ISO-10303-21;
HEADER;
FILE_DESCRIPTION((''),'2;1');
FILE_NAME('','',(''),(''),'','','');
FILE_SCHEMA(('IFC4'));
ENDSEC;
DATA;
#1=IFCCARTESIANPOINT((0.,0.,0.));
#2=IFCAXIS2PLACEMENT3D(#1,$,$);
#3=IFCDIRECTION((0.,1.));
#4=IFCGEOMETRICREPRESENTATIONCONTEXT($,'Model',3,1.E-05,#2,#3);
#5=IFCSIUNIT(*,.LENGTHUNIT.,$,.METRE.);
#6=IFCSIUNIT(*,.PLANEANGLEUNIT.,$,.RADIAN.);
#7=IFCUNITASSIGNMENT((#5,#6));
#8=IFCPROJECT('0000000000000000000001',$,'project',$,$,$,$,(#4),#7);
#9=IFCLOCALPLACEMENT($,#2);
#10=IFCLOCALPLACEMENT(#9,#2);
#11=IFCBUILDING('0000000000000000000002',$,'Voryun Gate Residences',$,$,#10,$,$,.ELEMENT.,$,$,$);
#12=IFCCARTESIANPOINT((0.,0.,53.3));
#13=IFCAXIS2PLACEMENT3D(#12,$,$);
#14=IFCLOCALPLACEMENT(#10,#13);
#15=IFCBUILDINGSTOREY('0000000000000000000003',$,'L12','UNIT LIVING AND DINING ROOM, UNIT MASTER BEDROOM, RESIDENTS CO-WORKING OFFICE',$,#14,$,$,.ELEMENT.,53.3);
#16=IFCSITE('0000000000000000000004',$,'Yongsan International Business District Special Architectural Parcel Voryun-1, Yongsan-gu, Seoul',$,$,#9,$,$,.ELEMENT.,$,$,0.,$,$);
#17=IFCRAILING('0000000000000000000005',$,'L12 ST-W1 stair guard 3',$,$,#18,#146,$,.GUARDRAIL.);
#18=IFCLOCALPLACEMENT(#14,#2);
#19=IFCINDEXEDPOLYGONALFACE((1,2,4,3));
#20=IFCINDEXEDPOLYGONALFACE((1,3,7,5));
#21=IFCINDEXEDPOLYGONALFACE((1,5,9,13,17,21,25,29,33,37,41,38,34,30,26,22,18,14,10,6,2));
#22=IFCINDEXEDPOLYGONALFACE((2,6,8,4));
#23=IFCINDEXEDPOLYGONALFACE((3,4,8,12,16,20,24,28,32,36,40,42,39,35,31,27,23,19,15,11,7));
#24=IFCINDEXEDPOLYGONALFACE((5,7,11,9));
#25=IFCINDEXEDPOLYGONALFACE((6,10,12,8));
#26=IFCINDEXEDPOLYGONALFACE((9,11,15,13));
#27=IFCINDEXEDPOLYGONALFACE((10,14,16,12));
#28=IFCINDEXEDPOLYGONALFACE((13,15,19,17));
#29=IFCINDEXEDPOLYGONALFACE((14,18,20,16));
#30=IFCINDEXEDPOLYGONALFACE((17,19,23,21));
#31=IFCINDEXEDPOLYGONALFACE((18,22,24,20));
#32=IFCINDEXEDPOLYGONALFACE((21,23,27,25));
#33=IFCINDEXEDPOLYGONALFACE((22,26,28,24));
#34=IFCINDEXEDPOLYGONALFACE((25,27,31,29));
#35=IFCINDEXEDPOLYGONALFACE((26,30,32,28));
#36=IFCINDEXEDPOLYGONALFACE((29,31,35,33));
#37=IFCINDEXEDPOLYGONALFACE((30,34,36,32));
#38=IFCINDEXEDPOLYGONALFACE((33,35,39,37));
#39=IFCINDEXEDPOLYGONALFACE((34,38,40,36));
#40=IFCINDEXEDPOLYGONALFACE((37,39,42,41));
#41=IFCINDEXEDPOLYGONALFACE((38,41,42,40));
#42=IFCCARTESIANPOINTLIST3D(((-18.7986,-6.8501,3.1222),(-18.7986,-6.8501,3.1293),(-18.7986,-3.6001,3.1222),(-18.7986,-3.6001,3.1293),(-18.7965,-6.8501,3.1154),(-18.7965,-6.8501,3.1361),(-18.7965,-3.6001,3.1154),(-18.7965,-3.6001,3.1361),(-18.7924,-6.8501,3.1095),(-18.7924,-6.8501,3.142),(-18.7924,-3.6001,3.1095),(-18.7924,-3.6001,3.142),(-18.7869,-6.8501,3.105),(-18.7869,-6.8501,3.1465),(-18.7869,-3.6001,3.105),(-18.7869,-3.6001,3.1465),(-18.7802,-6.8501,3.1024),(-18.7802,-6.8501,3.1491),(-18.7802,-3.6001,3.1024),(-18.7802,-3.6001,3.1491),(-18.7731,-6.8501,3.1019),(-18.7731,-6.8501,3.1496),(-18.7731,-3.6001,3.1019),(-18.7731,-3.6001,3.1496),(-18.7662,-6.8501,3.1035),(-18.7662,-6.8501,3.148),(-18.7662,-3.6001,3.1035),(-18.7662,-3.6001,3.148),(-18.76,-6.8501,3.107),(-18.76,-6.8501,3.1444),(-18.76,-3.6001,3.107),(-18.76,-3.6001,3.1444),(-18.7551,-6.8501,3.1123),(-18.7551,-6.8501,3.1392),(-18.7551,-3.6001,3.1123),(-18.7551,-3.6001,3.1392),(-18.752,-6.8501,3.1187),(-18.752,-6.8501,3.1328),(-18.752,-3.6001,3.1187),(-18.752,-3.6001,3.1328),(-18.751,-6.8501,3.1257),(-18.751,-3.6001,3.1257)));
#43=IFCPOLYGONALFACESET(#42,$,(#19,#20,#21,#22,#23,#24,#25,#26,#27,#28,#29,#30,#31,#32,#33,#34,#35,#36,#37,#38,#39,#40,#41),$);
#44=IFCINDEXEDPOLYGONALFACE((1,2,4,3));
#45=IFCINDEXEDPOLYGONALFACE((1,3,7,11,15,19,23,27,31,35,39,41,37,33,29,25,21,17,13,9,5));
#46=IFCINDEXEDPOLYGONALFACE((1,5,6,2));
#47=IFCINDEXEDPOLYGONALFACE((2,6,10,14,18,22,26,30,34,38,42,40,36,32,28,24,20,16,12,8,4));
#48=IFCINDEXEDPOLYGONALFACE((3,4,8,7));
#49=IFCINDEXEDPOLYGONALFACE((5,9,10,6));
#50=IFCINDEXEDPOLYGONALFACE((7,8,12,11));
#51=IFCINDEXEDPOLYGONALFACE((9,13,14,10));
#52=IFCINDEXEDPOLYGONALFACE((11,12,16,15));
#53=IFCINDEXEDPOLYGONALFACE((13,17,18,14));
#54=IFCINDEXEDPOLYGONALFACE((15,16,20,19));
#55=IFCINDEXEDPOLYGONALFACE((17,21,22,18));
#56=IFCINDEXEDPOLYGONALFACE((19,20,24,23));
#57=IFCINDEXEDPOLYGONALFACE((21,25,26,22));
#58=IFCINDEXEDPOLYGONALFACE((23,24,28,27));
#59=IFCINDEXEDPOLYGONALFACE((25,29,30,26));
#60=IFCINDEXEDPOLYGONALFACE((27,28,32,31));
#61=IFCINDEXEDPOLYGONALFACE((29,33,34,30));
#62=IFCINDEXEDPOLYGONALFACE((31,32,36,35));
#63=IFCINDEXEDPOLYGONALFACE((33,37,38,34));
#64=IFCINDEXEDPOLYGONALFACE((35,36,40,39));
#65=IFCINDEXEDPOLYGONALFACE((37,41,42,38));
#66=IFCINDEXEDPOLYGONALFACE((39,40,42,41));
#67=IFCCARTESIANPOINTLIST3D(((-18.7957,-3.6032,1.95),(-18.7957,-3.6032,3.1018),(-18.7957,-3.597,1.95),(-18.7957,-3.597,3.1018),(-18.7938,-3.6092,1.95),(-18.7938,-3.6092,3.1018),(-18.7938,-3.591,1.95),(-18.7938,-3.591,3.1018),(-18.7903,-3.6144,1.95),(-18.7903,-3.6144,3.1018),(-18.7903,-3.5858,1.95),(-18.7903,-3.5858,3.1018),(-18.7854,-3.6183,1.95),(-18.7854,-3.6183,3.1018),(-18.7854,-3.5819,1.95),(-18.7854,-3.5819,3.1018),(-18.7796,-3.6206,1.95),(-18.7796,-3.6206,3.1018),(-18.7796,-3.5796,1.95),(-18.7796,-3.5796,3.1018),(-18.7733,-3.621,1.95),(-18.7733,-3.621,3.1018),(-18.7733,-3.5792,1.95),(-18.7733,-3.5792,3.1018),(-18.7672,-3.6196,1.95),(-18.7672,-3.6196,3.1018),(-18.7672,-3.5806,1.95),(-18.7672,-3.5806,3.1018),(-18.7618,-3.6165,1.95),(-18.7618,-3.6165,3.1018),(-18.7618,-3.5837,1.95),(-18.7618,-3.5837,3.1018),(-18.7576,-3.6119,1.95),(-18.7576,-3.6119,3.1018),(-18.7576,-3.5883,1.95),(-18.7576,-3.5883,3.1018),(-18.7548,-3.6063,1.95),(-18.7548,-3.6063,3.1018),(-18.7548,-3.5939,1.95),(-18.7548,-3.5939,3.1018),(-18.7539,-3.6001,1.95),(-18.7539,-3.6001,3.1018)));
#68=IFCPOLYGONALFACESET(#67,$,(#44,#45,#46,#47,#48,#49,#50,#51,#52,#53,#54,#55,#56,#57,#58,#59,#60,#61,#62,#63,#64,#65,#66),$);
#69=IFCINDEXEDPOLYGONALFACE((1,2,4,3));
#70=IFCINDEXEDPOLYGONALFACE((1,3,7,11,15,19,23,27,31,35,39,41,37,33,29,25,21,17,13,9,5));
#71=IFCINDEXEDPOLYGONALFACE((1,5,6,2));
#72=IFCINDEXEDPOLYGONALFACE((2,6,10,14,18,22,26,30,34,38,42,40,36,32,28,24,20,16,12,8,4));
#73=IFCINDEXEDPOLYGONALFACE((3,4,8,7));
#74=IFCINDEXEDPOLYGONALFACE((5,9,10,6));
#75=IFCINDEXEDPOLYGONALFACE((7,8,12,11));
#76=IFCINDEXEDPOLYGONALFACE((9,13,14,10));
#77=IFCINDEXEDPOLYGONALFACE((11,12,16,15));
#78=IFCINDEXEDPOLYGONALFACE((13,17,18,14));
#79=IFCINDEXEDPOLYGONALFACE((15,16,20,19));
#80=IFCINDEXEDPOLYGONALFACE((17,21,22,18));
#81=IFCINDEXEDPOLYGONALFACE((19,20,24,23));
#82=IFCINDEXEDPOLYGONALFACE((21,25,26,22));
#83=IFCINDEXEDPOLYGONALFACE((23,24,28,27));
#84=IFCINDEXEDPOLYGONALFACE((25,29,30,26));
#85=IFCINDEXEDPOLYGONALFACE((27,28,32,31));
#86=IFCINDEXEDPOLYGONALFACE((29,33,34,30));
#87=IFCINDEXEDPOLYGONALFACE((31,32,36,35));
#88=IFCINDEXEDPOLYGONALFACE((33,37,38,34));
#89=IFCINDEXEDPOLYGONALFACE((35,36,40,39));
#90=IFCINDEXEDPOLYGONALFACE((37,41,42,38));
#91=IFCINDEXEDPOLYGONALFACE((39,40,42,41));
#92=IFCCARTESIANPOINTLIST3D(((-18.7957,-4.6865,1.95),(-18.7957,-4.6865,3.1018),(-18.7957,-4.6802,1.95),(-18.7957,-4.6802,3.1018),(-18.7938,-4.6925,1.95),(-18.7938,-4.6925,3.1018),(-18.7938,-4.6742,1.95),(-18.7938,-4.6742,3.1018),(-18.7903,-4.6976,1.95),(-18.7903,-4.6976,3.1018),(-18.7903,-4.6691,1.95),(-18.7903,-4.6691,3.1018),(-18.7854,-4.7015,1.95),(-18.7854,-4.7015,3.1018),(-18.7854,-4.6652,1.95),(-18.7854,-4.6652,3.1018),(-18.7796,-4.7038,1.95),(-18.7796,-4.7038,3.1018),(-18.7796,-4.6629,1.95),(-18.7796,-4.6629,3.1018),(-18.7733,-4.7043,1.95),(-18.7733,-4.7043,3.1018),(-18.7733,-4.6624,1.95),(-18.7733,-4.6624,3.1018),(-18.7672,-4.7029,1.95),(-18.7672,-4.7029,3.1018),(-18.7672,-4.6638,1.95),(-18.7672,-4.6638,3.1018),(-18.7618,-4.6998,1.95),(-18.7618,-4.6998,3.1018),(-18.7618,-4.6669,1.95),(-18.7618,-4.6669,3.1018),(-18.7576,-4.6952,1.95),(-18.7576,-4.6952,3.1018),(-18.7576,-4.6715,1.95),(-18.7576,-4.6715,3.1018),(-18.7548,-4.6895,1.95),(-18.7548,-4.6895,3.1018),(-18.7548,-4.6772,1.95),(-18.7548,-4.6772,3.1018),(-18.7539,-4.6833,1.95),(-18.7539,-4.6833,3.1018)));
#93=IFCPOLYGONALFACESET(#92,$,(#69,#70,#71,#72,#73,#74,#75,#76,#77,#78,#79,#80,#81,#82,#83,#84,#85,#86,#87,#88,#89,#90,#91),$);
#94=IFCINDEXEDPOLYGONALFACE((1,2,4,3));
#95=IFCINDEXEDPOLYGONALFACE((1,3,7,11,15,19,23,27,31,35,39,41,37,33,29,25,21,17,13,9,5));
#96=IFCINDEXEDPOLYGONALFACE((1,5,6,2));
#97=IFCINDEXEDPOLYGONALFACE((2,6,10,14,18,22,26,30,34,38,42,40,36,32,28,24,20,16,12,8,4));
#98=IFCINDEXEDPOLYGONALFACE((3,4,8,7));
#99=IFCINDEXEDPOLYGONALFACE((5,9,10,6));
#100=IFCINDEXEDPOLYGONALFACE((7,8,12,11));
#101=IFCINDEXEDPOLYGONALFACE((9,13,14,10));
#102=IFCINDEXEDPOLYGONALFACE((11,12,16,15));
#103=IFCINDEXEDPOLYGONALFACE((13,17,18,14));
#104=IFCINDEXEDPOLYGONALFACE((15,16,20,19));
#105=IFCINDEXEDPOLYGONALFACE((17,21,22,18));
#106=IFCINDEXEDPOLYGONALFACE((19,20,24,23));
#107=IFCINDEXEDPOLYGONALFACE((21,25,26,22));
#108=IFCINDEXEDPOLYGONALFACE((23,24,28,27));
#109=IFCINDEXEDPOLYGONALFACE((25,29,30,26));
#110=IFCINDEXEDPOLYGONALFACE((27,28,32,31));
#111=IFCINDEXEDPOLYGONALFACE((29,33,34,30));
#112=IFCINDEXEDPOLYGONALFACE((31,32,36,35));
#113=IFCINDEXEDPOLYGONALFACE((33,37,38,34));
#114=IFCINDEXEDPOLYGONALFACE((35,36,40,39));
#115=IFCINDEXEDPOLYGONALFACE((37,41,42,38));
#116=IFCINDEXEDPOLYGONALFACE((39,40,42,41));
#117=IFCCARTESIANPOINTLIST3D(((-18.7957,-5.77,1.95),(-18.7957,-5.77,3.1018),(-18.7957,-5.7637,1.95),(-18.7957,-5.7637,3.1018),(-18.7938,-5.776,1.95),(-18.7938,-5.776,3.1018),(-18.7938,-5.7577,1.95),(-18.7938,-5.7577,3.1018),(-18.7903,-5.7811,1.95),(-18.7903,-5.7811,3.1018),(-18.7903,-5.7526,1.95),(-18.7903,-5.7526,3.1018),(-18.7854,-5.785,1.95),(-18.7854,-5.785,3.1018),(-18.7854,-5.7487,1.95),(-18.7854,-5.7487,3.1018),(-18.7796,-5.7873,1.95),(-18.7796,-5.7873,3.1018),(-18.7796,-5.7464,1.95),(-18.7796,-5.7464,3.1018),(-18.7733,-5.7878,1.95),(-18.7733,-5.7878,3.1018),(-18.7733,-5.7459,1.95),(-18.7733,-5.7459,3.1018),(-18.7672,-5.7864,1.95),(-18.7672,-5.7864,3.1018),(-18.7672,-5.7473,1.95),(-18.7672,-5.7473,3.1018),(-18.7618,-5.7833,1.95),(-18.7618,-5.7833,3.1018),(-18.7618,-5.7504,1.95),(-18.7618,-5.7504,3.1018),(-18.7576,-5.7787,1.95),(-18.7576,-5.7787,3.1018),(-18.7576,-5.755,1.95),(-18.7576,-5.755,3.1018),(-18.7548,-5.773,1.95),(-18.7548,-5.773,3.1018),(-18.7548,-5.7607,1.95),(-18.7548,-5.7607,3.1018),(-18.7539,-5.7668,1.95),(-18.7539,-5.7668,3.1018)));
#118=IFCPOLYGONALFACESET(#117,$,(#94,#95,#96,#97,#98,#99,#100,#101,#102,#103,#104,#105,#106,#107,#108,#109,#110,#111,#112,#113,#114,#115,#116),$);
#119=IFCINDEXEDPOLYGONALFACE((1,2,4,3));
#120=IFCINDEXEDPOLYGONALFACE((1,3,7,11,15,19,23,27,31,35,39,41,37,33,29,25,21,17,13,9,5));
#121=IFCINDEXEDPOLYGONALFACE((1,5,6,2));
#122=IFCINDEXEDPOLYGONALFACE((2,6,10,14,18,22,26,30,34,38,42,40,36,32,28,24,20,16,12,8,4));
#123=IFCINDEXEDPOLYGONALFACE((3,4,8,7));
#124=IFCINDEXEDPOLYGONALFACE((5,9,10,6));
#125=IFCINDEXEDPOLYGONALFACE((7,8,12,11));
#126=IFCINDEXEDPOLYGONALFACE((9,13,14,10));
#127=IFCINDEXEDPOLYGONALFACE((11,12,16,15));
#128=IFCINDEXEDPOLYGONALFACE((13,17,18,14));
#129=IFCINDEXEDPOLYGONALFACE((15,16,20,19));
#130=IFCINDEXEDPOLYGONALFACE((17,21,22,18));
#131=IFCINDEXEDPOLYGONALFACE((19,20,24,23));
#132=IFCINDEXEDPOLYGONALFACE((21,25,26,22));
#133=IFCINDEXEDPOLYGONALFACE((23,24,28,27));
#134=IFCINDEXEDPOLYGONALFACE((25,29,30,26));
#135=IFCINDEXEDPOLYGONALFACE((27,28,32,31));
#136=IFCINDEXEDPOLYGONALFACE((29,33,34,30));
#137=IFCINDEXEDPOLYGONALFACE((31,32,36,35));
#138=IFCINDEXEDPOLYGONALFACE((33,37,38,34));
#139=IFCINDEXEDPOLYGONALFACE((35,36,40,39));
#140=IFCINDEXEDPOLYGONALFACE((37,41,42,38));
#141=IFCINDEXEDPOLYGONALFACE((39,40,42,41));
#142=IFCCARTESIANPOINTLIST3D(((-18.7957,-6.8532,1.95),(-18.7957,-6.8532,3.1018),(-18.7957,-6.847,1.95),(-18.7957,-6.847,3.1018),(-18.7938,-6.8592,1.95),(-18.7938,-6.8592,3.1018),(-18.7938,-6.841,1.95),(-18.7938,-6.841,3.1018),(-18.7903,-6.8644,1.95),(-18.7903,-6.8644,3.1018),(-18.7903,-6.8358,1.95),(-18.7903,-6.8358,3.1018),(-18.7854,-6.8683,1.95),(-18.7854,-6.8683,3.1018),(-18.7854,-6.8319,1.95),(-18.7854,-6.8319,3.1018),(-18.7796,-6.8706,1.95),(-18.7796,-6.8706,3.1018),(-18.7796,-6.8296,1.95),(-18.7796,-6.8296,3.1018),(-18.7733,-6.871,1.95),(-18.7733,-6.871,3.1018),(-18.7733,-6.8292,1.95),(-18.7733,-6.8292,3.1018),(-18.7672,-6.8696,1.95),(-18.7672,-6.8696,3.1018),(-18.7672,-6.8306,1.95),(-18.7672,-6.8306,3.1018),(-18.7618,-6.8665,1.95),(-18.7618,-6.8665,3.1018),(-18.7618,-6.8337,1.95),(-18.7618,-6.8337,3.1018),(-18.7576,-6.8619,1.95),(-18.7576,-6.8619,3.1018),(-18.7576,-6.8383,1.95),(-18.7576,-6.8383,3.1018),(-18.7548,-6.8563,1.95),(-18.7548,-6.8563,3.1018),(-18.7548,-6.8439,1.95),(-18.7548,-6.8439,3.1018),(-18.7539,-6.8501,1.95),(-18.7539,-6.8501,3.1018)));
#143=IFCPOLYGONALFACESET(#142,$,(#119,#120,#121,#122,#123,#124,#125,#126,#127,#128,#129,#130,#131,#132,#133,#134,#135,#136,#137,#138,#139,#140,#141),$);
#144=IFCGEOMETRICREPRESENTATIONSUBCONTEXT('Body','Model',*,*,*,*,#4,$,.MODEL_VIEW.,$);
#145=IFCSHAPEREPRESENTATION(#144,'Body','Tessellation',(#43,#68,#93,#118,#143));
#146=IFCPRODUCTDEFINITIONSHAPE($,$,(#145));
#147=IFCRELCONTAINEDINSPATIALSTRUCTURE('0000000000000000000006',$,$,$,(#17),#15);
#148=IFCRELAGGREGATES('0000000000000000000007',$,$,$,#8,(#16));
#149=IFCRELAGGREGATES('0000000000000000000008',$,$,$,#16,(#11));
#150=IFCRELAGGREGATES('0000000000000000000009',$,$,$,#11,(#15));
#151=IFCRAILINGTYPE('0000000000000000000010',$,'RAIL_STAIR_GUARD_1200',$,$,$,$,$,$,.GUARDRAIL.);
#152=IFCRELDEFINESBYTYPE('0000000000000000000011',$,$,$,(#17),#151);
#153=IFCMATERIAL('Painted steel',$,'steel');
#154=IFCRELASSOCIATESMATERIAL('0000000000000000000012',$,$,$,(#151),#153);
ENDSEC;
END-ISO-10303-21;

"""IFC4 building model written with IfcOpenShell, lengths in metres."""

from ifc_helpers import new_model, si_unit, direction, frame, origin, origin_2d, place, context, subcontext, project, spatial, circle, extrude, material, type_object, element, save


model = new_model("IFC4")

# Units and contexts
model_context = context("Model", 3, precision=1e-05, world=origin(), true_north=direction((0.0, 1.0)))
body_context = subcontext(model_context, "Body", "Model", "MODEL_VIEW")
ifc_project = project(units=[si_unit("LENGTHUNIT", "METRE"), si_unit("PLANEANGLEUNIT", "RADIAN")], contexts=[model_context])

# Site, building, storey
site_placement = place(None, origin())
site = spatial("IfcSite", under=ifc_project, at=site_placement, Name="Yongsan International Business District Special Architectural Parcel Voryun-1, Yongsan-gu, Seoul", CompositionType="ELEMENT", RefElevation=0.0)
building_placement = place(site_placement, origin())
building = spatial("IfcBuilding", under=site, at=building_placement, Name="Voryun Gate Residences", CompositionType="ELEMENT")
storey_placement = place(building_placement, frame((0.0, 0.0, 53.3)))
storey = spatial("IfcBuildingStorey", under=building, at=storey_placement, Name="L12", Description="UNIT LIVING AND DINING ROOM, UNIT MASTER BEDROOM, RESIDENTS CO-WORKING OFFICE", CompositionType="ELEMENT", Elevation=53.3)

# Railing
ifc_material_1 = material(Name="Painted steel", Category="steel")
railing_type_1 = type_object("IfcRailingType", Name="RAIL_STAIR_GUARD_1200", PredefinedType="GUARDRAIL", material=ifc_material_1)
for number, where, name in (
    (1, (-18.7749, -3.6001, 1.95), "L12 ST-W1 stair guard 3"),
):
    element("IfcRailing", number, at=place(storey_placement, frame(where)), inside=storey, type_object=railing_type_1, Name=name, PredefinedType="GUARDRAIL", context=body_context, shape_type="SweptSolid", body=[
        extrude(circle(Radius=0.0239, at=origin_2d()), frame((0.0, 0.0, 1.1758), z_axis=(0.0, -1.0, 0.0), x_axis=(1.0, 0.0, 0.0)), (0.0, 0.0, 1.0), 3.25),
        extrude(circle(Radius=0.021, at=origin_2d()), origin(), (0.0, 0.0, 1.0), 1.1519),
        extrude(circle(Radius=0.021, at=origin_2d()), frame((0.0, -1.0833, 0.0)), (0.0, 0.0, 1.0), 1.1519),
        extrude(circle(Radius=0.021, at=origin_2d()), frame((0.0, -2.1667, 0.0)), (0.0, 0.0, 1.0), 1.1519),
        extrude(circle(Radius=0.021, at=origin_2d()), frame((0.0, -3.25, 0.0)), (0.0, 0.0, 1.0), 1.1519),
    ])

save(model, "model.ifc")
